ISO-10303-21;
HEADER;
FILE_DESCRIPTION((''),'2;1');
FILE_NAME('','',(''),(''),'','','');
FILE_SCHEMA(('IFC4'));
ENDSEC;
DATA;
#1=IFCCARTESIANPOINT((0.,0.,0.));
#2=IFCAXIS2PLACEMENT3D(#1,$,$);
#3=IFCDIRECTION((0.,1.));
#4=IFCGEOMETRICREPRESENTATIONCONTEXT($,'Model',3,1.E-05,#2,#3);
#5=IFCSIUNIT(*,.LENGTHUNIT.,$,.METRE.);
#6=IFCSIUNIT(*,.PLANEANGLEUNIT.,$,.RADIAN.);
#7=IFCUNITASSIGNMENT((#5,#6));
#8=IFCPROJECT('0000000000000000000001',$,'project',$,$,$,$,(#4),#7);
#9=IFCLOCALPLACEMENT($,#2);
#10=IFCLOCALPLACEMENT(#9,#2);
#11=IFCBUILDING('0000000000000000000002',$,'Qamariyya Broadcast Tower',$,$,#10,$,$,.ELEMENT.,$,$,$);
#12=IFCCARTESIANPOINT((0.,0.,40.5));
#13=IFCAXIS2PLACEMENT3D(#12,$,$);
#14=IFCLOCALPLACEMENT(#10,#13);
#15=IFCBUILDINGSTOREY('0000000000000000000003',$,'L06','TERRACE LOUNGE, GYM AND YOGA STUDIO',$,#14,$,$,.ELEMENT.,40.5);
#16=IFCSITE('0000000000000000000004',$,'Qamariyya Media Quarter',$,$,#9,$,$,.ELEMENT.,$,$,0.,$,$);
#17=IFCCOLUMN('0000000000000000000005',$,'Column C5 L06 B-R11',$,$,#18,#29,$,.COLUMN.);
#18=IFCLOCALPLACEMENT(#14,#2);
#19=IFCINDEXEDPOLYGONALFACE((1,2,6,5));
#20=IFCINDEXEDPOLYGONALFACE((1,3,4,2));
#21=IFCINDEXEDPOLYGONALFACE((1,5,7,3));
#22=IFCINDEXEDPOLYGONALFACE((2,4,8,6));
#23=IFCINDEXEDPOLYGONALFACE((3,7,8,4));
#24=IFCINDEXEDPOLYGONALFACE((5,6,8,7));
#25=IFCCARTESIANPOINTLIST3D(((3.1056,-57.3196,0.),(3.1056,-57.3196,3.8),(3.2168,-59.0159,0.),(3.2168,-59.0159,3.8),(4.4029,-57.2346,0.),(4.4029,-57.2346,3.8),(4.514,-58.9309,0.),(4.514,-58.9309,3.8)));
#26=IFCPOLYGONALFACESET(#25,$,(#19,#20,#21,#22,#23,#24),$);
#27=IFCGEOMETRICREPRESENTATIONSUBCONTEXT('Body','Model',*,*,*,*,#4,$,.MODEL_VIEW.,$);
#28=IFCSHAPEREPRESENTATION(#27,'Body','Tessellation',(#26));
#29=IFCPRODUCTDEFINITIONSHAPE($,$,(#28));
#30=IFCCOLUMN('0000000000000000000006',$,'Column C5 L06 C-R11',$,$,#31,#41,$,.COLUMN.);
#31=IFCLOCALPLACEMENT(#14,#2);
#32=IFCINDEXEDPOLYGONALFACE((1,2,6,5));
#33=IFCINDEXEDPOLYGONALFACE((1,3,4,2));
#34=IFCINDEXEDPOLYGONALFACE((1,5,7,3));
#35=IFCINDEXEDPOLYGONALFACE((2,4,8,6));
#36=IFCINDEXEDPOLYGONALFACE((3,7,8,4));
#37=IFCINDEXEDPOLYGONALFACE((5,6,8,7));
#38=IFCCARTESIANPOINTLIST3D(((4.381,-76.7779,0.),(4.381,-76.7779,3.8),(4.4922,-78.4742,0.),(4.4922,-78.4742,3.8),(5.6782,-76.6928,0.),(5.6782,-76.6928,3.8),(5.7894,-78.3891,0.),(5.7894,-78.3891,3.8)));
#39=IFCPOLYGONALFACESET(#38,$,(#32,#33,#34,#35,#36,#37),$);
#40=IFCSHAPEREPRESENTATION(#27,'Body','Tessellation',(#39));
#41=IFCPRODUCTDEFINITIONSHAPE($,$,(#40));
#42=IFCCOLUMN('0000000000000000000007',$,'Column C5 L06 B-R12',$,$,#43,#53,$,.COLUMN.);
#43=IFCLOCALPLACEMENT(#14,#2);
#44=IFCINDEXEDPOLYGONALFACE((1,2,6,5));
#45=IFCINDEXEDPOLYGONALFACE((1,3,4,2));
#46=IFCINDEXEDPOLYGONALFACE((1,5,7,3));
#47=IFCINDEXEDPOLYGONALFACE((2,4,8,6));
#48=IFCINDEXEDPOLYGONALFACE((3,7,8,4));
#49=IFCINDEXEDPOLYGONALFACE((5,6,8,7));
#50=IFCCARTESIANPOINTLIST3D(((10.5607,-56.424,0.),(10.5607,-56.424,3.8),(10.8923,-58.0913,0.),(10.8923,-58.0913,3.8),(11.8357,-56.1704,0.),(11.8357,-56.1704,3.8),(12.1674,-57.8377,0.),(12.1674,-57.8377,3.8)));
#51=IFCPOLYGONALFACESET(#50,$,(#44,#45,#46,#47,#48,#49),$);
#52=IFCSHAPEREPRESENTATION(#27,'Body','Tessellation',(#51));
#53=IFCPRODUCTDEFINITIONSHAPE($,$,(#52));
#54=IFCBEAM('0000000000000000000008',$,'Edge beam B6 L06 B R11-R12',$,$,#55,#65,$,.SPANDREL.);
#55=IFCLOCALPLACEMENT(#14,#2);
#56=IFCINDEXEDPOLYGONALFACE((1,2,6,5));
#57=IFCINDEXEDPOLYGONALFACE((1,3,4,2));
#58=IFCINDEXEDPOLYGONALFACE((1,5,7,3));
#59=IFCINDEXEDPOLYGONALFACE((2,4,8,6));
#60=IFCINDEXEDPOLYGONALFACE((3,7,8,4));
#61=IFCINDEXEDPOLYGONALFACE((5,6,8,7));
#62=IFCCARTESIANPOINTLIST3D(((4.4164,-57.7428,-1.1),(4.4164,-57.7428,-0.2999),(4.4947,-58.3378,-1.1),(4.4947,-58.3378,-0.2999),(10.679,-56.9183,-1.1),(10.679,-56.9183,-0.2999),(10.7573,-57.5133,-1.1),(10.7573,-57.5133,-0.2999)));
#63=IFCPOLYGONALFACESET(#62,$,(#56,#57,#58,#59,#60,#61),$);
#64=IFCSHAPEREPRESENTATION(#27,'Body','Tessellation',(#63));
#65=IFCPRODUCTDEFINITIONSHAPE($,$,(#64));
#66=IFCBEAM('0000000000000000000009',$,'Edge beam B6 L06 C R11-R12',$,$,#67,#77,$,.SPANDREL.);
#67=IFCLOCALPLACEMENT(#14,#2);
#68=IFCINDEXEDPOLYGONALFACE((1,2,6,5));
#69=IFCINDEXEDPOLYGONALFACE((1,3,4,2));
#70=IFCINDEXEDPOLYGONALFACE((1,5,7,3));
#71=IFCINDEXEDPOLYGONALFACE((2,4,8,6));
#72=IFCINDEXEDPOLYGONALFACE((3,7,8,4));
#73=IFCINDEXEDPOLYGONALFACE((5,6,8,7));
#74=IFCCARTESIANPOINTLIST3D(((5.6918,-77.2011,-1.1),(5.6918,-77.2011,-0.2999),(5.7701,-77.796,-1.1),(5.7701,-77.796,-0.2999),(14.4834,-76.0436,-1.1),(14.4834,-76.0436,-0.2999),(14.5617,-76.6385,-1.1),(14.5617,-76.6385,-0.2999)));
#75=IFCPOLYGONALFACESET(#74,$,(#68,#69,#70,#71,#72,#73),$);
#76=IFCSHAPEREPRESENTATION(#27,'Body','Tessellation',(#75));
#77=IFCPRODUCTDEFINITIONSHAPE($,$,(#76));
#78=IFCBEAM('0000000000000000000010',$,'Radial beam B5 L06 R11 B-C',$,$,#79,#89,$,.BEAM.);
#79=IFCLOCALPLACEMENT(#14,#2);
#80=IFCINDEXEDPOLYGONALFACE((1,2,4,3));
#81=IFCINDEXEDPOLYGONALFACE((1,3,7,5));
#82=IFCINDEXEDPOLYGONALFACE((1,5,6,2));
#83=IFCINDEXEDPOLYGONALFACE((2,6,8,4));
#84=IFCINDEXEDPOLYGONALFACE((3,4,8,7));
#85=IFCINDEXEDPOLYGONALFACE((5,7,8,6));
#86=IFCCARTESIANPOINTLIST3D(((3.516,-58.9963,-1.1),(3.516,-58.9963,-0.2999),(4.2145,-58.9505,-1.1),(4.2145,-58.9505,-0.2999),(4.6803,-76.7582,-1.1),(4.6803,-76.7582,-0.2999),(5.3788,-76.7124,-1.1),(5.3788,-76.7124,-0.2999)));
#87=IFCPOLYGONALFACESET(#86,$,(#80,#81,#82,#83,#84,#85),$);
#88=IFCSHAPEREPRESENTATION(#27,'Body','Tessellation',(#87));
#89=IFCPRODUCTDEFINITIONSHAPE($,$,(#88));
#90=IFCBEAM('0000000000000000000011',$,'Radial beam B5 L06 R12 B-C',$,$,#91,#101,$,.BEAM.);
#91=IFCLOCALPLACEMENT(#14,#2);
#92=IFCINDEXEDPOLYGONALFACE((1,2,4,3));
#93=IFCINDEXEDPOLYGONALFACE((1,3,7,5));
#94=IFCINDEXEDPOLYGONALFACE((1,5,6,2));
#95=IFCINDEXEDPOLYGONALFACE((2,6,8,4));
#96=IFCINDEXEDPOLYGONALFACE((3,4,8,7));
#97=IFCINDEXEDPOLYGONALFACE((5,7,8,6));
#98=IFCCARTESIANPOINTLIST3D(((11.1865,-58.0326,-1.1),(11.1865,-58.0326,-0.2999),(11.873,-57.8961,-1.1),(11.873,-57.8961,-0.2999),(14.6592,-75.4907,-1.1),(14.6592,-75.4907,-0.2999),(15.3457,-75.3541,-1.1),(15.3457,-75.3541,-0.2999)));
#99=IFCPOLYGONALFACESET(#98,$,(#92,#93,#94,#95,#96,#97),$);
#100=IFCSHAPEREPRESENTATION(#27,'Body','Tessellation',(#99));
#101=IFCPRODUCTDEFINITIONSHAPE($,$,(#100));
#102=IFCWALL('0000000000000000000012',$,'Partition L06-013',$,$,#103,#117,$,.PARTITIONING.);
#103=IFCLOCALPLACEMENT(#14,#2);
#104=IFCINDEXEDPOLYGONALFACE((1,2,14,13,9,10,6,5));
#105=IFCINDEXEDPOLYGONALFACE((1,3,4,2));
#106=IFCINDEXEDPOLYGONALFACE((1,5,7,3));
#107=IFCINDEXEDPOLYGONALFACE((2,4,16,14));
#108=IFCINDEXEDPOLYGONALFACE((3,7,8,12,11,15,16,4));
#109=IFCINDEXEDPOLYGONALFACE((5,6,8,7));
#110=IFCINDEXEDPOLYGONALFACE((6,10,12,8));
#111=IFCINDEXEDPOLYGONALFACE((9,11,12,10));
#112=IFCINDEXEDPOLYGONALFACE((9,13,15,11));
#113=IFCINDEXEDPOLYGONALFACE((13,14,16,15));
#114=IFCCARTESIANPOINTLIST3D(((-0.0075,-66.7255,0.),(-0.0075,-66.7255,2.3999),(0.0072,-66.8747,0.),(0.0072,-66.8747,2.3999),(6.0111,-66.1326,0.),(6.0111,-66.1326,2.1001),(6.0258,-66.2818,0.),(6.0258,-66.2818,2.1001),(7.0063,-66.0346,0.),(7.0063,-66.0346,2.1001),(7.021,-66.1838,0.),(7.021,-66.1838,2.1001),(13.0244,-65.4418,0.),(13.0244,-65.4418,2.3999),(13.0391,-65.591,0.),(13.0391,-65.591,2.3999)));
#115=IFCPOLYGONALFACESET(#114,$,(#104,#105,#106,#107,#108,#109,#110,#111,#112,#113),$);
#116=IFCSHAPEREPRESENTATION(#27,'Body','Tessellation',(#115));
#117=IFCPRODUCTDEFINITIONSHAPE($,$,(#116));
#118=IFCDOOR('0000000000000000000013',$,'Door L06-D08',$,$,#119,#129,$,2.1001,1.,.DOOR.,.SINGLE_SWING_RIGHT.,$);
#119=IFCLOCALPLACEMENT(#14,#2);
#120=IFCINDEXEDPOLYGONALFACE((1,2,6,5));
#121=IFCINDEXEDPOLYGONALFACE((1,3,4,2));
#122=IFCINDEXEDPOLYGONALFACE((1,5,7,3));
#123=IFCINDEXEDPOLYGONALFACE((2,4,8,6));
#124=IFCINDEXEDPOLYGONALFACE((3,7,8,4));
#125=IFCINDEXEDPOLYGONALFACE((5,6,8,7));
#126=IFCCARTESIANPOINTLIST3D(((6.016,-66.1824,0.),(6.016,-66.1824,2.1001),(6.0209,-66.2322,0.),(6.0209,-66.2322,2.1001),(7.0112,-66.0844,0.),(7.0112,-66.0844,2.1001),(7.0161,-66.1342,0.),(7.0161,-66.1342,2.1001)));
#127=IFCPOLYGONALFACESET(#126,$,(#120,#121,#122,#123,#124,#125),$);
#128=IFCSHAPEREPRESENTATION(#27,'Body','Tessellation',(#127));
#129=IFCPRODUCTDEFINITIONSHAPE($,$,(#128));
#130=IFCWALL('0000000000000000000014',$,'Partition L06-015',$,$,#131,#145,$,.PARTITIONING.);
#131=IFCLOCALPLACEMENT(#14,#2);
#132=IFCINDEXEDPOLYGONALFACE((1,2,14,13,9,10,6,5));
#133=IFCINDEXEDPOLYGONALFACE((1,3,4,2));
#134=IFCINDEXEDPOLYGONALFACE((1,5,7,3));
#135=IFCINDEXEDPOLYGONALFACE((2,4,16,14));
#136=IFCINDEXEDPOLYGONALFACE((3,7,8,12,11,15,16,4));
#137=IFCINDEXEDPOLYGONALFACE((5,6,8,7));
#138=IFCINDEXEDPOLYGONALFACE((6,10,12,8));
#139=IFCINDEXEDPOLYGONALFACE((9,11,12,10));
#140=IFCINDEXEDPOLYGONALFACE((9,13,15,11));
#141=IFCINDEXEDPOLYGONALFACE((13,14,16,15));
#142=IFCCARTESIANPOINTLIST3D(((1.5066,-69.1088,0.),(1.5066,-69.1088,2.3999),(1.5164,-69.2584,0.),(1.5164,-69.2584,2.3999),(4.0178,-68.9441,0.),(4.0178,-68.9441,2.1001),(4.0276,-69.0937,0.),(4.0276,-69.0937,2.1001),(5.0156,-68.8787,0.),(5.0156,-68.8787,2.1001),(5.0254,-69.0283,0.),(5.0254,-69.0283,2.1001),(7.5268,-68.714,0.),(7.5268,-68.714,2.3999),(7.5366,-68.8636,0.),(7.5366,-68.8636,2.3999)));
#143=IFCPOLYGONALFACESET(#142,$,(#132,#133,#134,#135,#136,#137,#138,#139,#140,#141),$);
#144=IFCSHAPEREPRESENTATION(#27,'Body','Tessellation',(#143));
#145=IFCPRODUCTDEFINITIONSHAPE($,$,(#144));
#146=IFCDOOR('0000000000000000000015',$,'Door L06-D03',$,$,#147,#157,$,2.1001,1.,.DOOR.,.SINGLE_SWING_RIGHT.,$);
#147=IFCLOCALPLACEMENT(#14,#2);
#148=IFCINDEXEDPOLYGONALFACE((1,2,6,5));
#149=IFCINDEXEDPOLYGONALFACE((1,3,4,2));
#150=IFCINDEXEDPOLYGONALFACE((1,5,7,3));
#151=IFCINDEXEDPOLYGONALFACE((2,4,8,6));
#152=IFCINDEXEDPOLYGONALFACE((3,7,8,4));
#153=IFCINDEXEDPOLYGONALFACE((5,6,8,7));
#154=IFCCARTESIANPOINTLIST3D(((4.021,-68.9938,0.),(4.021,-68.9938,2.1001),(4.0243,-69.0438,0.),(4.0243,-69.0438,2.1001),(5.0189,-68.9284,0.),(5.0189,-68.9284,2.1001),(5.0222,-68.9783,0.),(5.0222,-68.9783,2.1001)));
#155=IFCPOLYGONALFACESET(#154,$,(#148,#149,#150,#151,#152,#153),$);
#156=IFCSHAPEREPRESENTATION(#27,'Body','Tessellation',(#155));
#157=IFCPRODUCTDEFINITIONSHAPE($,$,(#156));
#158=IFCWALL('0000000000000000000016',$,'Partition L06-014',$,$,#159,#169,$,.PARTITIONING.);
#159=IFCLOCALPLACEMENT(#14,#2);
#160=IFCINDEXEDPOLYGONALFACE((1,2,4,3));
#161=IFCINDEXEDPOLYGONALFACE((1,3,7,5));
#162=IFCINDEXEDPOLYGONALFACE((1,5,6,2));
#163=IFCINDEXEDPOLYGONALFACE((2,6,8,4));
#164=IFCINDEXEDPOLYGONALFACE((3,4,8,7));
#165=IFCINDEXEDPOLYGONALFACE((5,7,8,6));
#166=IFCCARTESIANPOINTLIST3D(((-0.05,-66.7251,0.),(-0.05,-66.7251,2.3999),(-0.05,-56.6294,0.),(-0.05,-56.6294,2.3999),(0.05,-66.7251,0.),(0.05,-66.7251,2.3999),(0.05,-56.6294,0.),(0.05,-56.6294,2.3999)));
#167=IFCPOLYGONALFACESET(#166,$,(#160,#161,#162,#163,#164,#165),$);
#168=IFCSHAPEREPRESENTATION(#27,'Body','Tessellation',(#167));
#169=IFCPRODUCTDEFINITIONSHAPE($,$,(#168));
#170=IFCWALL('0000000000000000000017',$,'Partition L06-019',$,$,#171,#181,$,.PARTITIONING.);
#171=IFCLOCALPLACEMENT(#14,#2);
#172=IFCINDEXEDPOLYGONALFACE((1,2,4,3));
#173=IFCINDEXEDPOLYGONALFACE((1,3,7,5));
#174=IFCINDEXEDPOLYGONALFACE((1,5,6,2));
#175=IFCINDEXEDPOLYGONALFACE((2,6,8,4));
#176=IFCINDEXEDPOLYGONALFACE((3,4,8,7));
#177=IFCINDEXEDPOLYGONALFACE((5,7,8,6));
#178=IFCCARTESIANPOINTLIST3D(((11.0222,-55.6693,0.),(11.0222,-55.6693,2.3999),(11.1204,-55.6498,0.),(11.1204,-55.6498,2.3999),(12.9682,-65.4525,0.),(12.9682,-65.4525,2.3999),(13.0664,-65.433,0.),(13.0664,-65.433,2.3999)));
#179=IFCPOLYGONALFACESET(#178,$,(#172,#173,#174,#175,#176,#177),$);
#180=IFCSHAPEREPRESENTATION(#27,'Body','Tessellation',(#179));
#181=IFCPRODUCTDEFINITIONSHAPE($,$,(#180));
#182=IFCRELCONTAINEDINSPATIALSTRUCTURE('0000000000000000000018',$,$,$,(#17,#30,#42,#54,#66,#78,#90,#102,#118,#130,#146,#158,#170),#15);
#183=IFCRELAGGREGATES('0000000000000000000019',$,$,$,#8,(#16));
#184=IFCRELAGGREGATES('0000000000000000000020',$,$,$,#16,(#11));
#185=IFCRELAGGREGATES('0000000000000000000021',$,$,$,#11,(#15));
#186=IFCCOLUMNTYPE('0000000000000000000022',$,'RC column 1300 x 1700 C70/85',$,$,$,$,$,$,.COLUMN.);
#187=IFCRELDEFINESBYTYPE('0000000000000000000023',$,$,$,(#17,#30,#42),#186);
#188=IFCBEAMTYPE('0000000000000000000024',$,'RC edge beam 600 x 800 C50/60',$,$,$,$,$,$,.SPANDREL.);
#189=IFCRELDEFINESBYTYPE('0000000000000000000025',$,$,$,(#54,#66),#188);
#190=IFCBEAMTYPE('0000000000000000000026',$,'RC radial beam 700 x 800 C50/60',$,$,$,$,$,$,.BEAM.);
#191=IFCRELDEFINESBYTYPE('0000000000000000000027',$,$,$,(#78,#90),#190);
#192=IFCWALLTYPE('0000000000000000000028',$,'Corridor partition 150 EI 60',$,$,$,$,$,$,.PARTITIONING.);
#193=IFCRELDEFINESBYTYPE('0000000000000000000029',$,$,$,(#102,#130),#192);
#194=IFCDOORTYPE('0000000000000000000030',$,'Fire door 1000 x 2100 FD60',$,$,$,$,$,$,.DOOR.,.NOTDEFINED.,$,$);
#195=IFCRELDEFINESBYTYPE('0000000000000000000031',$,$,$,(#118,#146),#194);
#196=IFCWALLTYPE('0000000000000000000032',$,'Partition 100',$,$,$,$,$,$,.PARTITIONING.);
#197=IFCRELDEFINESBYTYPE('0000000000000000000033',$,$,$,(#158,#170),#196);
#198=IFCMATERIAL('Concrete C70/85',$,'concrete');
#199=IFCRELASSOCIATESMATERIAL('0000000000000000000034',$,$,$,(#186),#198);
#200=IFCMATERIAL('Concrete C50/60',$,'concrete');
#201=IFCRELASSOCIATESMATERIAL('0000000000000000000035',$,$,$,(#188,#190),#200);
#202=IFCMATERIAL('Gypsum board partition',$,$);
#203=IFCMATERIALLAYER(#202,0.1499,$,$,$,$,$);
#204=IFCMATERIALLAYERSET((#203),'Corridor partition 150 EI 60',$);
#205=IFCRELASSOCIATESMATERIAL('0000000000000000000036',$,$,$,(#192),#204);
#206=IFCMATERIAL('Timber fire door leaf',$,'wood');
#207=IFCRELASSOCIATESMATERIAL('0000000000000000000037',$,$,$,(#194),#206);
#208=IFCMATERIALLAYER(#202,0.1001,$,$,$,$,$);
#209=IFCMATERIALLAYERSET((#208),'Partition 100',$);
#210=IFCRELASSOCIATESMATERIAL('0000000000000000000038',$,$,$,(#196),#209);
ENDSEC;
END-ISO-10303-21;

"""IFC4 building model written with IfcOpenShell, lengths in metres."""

from ifc_helpers import new_model, si_unit, direction, frame, frame_2d, origin, origin_2d, place, context, subcontext, project, spatial, rectangle, extrude, material, layer, layer_set, material_profile, profile_set, type_object, element, fill, save


model = new_model("IFC4")

# Units and contexts
model_context = context("Model", 3, precision=1e-05, world=origin(), true_north=direction((0.0, 1.0)))
body_context = subcontext(model_context, "Body", "Model", "MODEL_VIEW")
ifc_project = project(units=[si_unit("LENGTHUNIT", "METRE"), si_unit("PLANEANGLEUNIT", "RADIAN")], contexts=[model_context])

# Site, building, storey
site_placement = place(None, origin())
site = spatial("IfcSite", under=ifc_project, at=site_placement, Name="Qamariyya Media Quarter", CompositionType="ELEMENT", RefElevation=0.0)
building_placement = place(site_placement, origin())
building = spatial("IfcBuilding", under=site, at=building_placement, Name="Qamariyya Broadcast Tower", CompositionType="ELEMENT")
storey_placement = place(building_placement, frame((0.0, 0.0, 40.5)))
storey = spatial("IfcBuildingStorey", under=building, at=storey_placement, Name="L06", Description="TERRACE LOUNGE, GYM AND YOGA STUDIO", CompositionType="ELEMENT", Elevation=40.5)

# Columns
ifc_material_1 = material(Name="Concrete C70/85", Category="concrete")
ifc_material_profile_1 = material_profile(ifc_material_1, rectangle(XDim=1.3, YDim=1.7, at=origin_2d()))
ifc_profile_set_1 = profile_set([ifc_material_profile_1], Name="Concrete C70/85")
column_type = type_object("IfcColumnType", Name="RC column 1300 x 1700 C70/85", PredefinedType="COLUMN", material=ifc_profile_set_1)
for number, where, z_axis, x_axis, name in (
    (1, (3.8098, -58.1252, 0.0), (0.0, 0.0, 1.0), (0.997859, 0.065403, 0.0), "Column C5 L06 B-R11"),
    (2, (5.0852, -77.5835, 0.0), (0.0, 0.0, 1.0), (0.997859, 0.065403, 0.0), "Column C5 L06 C-R11"),
    (3, (11.364, -57.1309, 0.0), (0.0, 0.0, 1.0), (0.980785, 0.19509, 0.0), "Column C5 L06 B-R12"),
):
    element("IfcColumn", number, at=place(storey_placement, frame(where, z_axis=z_axis, x_axis=x_axis)), inside=storey, type_object=column_type, Name=name, PredefinedType="COLUMN", context=body_context, shape_type="SweptSolid", body=[
        extrude(rectangle(XDim=1.3, YDim=1.7, at=origin_2d()), origin(), (0.0, 0.0, 1.0), 3.8),
    ])

# Beams
ifc_material_2 = material(Name="Concrete C50/60", Category="concrete")
ifc_material_profile_2 = material_profile(ifc_material_2, rectangle(XDim=0.6001, YDim=0.8, at=origin_2d()))
ifc_profile_set_2 = profile_set([ifc_material_profile_2], Name="Concrete C50/60")
beam_type_1 = type_object("IfcBeamType", Name="RC edge beam 600 x 800 C50/60", PredefinedType="SPANDREL", material=ifc_profile_set_2)
beam_1_placement = place(storey_placement, frame((4.4556, -58.0403, -0.7), z_axis=(0.991446, 0.13052, 0.0), x_axis=(-0.13052, 0.991446, 0.0)))
element("IfcBeam", 4, at=beam_1_placement, inside=storey, type_object=beam_type_1, Name="Edge beam B6 L06 B R11-R12", PredefinedType="SPANDREL", context=body_context, shape_type="SweptSolid", body=[
    extrude(rectangle(XDim=0.6001, YDim=0.8, at=origin_2d()), origin(), (0.0, 0.0, 1.0), 6.3167),
])
beam_2_placement = place(storey_placement, frame((5.731, -77.4985, -0.7), z_axis=(0.991444, 0.130531, 0.0), x_axis=(-0.130531, 0.991444, 0.0)))
element("IfcBeam", 5, at=beam_2_placement, inside=storey, type_object=beam_type_1, Name="Edge beam B6 L06 C R11-R12", PredefinedType="SPANDREL", context=body_context, shape_type="SweptSolid", body=[
    extrude(rectangle(XDim=0.6001, YDim=0.8, at=origin_2d()), origin(), (0.0, 0.0, 1.0), 8.8674),
])
ifc_material_profile_3 = material_profile(ifc_material_2, rectangle(XDim=0.7, YDim=0.8, at=origin_2d()))
ifc_profile_set_3 = profile_set([ifc_material_profile_3], Name="Concrete C50/60")
beam_type_2 = type_object("IfcBeamType", Name="RC radial beam 700 x 800 C50/60", PredefinedType="BEAM", material=ifc_profile_set_3)
for number, where, z_axis, x_axis, name in (
    (6, (3.8652, -58.9734, -0.7), (0.06541, -0.997858, 0.0), (0.997858, 0.06541, 0.0), "Radial beam B5 L06 R11 B-C"),
    (7, (11.5298, -57.9644, -0.7), (0.195093, -0.980785, 0.0), (0.980785, 0.195093, 0.0), "Radial beam B5 L06 R12 B-C"),
):
    element("IfcBeam", number, at=place(storey_placement, frame(where, z_axis=z_axis, x_axis=x_axis)), inside=storey, type_object=beam_type_2, Name=name, PredefinedType="BEAM", context=body_context, shape_type="SweptSolid", body=[
        extrude(rectangle(XDim=0.7, YDim=0.8, at=origin_2d()), origin(), (0.0, 0.0, 1.0), 17.8),
    ])

# Walls, openings, doors
ifc_material_3 = material(Name="Gypsum board partition")
ifc_layer_1 = layer(ifc_material_3, 0.1499)
ifc_layer_set_1 = layer_set([ifc_layer_1], Name="Corridor partition 150 EI 60")
wall_type_1 = type_object("IfcWallType", Name="Corridor partition 150 EI 60", PredefinedType="PARTITIONING", material=ifc_layer_set_1)
wall_1_placement = place(storey_placement, frame((0.0, -66.8, 0.0), z_axis=(0.0, 0.0, 1.0), x_axis=(0.995184, 0.098029, 0.0)))
wall_1 = element("IfcWall", 8, at=wall_1_placement, inside=storey, type_object=wall_type_1, Name="Partition L06-013", PredefinedType="PARTITIONING", context=body_context, shape_type="SweptSolid", body=[
    extrude(rectangle(XDim=13.095, YDim=0.1499, at=frame_2d((6.5474, 0.0))), origin(), (0.0, 0.0, 1.0), 2.3999),
])
opening_1_placement = place(wall_1_placement, frame((6.0476, 0.0, 0.0)))
opening_1 = element("IfcOpeningElement", 9, at=opening_1_placement, cuts=wall_1, PredefinedType="OPENING", context=body_context, shape_type="SweptSolid", body=[
    extrude(rectangle(XDim=1.0, YDim=2.1001, at=frame_2d((0.5, 1.05))), frame((0.0, 0.085, 0.0), z_axis=(0.0, -1.0, 0.0), x_axis=(1.0, 0.0, 0.0)), (0.0, 0.0, 1.0), 0.1699),
])
ifc_material_4 = material(Name="Timber fire door leaf", Category="wood")
door_type_1 = type_object("IfcDoorType", Name="Fire door 1000 x 2100 FD60", OperationType="NOTDEFINED", PredefinedType="DOOR", material=ifc_material_4)
door_1_placement = place(opening_1_placement, origin())
door_1 = element("IfcDoor", 10, at=door_1_placement, inside=storey, type_object=door_type_1, Name="Door L06-D08", OperationType="SINGLE_SWING_RIGHT", OverallHeight=2.1001, OverallWidth=1.0, PredefinedType="DOOR", context=body_context, shape_type="SweptSolid", body=[
    extrude(rectangle(XDim=1.0, YDim=2.1001, at=frame_2d((0.5, 1.05))), frame((0.0, 0.0249, 0.0), z_axis=(0.0, -1.0, 0.0), x_axis=(1.0, 0.0, 0.0)), (0.0, 0.0, 1.0), 0.05),
])
fill(opening_1, door_1)
wall_2_placement = place(storey_placement, frame((7.5317, -68.7888, 0.0), z_axis=(0.0, 0.0, 1.0), x_axis=(-0.997857, -0.065434, 0.0)))
wall_2 = element("IfcWall", 11, at=wall_2_placement, inside=storey, type_object=wall_type_1, Name="Partition L06-015", PredefinedType="PARTITIONING", context=body_context, shape_type="SweptSolid", body=[
    extrude(rectangle(XDim=6.0332, YDim=0.1499, at=frame_2d((3.0166, 0.0))), origin(), (0.0, 0.0, 1.0), 2.3999),
])
opening_2_placement = place(wall_2_placement, frame((2.5166, 0.0, 0.0)))
opening_2 = element("IfcOpeningElement", 12, at=opening_2_placement, cuts=wall_2, PredefinedType="OPENING", context=body_context, shape_type="SweptSolid", body=[
    extrude(rectangle(XDim=1.0, YDim=2.1001, at=frame_2d((0.5, 1.05))), frame((0.0, 0.085, 0.0), z_axis=(0.0, -1.0, 0.0), x_axis=(1.0, 0.0, 0.0)), (0.0, 0.0, 1.0), 0.1699),
])
door_2_placement = place(opening_2_placement, origin())
door_2 = element("IfcDoor", 13, at=door_2_placement, inside=storey, type_object=door_type_1, Name="Door L06-D03", OperationType="SINGLE_SWING_RIGHT", OverallHeight=2.1001, OverallWidth=1.0, PredefinedType="DOOR", context=body_context, shape_type="SweptSolid", body=[
    extrude(rectangle(XDim=1.0, YDim=2.1001, at=frame_2d((0.5, 1.05))), frame((0.0, 0.0249, 0.0), z_axis=(0.0, -1.0, 0.0), x_axis=(1.0, 0.0, 0.0)), (0.0, 0.0, 1.0), 0.05),
])
fill(opening_2, door_2)

# Walls
ifc_layer_2 = layer(ifc_material_3, 0.1001)
ifc_layer_set_2 = layer_set([ifc_layer_2], Name="Partition 100")
wall_type_2 = type_object("IfcWallType", Name="Partition 100", PredefinedType="PARTITIONING", material=ifc_layer_set_2)
wall_3_placement = place(storey_placement, frame((0.0, -56.6294, 0.0), z_axis=(0.0, 0.0, 1.0), x_axis=(0.0, -1.0, 0.0)))
element("IfcWall", 14, at=wall_3_placement, inside=storey, type_object=wall_type_2, Name="Partition L06-014", PredefinedType="PARTITIONING", context=body_context, shape_type="SweptSolid", body=[
    extrude(rectangle(XDim=10.0957, YDim=0.1001, at=frame_2d((5.0479, 0.0))), origin(), (0.0, 0.0, 1.0), 2.3999),
])
wall_4_placement = place(storey_placement, frame((11.0713, -55.6597, 0.0), z_axis=(0.0, 0.0, 1.0), x_axis=(0.195095, -0.980784, 0.0)))
element("IfcWall", 15, at=wall_4_placement, inside=storey, type_object=wall_type_2, Name="Partition L06-019", PredefinedType="PARTITIONING", context=body_context, shape_type="SweptSolid", body=[
    extrude(rectangle(XDim=9.9749, YDim=0.1001, at=frame_2d((4.9873, 0.0))), origin(), (0.0, 0.0, 1.0), 2.3999),
])

save(model, "model.ifc")
